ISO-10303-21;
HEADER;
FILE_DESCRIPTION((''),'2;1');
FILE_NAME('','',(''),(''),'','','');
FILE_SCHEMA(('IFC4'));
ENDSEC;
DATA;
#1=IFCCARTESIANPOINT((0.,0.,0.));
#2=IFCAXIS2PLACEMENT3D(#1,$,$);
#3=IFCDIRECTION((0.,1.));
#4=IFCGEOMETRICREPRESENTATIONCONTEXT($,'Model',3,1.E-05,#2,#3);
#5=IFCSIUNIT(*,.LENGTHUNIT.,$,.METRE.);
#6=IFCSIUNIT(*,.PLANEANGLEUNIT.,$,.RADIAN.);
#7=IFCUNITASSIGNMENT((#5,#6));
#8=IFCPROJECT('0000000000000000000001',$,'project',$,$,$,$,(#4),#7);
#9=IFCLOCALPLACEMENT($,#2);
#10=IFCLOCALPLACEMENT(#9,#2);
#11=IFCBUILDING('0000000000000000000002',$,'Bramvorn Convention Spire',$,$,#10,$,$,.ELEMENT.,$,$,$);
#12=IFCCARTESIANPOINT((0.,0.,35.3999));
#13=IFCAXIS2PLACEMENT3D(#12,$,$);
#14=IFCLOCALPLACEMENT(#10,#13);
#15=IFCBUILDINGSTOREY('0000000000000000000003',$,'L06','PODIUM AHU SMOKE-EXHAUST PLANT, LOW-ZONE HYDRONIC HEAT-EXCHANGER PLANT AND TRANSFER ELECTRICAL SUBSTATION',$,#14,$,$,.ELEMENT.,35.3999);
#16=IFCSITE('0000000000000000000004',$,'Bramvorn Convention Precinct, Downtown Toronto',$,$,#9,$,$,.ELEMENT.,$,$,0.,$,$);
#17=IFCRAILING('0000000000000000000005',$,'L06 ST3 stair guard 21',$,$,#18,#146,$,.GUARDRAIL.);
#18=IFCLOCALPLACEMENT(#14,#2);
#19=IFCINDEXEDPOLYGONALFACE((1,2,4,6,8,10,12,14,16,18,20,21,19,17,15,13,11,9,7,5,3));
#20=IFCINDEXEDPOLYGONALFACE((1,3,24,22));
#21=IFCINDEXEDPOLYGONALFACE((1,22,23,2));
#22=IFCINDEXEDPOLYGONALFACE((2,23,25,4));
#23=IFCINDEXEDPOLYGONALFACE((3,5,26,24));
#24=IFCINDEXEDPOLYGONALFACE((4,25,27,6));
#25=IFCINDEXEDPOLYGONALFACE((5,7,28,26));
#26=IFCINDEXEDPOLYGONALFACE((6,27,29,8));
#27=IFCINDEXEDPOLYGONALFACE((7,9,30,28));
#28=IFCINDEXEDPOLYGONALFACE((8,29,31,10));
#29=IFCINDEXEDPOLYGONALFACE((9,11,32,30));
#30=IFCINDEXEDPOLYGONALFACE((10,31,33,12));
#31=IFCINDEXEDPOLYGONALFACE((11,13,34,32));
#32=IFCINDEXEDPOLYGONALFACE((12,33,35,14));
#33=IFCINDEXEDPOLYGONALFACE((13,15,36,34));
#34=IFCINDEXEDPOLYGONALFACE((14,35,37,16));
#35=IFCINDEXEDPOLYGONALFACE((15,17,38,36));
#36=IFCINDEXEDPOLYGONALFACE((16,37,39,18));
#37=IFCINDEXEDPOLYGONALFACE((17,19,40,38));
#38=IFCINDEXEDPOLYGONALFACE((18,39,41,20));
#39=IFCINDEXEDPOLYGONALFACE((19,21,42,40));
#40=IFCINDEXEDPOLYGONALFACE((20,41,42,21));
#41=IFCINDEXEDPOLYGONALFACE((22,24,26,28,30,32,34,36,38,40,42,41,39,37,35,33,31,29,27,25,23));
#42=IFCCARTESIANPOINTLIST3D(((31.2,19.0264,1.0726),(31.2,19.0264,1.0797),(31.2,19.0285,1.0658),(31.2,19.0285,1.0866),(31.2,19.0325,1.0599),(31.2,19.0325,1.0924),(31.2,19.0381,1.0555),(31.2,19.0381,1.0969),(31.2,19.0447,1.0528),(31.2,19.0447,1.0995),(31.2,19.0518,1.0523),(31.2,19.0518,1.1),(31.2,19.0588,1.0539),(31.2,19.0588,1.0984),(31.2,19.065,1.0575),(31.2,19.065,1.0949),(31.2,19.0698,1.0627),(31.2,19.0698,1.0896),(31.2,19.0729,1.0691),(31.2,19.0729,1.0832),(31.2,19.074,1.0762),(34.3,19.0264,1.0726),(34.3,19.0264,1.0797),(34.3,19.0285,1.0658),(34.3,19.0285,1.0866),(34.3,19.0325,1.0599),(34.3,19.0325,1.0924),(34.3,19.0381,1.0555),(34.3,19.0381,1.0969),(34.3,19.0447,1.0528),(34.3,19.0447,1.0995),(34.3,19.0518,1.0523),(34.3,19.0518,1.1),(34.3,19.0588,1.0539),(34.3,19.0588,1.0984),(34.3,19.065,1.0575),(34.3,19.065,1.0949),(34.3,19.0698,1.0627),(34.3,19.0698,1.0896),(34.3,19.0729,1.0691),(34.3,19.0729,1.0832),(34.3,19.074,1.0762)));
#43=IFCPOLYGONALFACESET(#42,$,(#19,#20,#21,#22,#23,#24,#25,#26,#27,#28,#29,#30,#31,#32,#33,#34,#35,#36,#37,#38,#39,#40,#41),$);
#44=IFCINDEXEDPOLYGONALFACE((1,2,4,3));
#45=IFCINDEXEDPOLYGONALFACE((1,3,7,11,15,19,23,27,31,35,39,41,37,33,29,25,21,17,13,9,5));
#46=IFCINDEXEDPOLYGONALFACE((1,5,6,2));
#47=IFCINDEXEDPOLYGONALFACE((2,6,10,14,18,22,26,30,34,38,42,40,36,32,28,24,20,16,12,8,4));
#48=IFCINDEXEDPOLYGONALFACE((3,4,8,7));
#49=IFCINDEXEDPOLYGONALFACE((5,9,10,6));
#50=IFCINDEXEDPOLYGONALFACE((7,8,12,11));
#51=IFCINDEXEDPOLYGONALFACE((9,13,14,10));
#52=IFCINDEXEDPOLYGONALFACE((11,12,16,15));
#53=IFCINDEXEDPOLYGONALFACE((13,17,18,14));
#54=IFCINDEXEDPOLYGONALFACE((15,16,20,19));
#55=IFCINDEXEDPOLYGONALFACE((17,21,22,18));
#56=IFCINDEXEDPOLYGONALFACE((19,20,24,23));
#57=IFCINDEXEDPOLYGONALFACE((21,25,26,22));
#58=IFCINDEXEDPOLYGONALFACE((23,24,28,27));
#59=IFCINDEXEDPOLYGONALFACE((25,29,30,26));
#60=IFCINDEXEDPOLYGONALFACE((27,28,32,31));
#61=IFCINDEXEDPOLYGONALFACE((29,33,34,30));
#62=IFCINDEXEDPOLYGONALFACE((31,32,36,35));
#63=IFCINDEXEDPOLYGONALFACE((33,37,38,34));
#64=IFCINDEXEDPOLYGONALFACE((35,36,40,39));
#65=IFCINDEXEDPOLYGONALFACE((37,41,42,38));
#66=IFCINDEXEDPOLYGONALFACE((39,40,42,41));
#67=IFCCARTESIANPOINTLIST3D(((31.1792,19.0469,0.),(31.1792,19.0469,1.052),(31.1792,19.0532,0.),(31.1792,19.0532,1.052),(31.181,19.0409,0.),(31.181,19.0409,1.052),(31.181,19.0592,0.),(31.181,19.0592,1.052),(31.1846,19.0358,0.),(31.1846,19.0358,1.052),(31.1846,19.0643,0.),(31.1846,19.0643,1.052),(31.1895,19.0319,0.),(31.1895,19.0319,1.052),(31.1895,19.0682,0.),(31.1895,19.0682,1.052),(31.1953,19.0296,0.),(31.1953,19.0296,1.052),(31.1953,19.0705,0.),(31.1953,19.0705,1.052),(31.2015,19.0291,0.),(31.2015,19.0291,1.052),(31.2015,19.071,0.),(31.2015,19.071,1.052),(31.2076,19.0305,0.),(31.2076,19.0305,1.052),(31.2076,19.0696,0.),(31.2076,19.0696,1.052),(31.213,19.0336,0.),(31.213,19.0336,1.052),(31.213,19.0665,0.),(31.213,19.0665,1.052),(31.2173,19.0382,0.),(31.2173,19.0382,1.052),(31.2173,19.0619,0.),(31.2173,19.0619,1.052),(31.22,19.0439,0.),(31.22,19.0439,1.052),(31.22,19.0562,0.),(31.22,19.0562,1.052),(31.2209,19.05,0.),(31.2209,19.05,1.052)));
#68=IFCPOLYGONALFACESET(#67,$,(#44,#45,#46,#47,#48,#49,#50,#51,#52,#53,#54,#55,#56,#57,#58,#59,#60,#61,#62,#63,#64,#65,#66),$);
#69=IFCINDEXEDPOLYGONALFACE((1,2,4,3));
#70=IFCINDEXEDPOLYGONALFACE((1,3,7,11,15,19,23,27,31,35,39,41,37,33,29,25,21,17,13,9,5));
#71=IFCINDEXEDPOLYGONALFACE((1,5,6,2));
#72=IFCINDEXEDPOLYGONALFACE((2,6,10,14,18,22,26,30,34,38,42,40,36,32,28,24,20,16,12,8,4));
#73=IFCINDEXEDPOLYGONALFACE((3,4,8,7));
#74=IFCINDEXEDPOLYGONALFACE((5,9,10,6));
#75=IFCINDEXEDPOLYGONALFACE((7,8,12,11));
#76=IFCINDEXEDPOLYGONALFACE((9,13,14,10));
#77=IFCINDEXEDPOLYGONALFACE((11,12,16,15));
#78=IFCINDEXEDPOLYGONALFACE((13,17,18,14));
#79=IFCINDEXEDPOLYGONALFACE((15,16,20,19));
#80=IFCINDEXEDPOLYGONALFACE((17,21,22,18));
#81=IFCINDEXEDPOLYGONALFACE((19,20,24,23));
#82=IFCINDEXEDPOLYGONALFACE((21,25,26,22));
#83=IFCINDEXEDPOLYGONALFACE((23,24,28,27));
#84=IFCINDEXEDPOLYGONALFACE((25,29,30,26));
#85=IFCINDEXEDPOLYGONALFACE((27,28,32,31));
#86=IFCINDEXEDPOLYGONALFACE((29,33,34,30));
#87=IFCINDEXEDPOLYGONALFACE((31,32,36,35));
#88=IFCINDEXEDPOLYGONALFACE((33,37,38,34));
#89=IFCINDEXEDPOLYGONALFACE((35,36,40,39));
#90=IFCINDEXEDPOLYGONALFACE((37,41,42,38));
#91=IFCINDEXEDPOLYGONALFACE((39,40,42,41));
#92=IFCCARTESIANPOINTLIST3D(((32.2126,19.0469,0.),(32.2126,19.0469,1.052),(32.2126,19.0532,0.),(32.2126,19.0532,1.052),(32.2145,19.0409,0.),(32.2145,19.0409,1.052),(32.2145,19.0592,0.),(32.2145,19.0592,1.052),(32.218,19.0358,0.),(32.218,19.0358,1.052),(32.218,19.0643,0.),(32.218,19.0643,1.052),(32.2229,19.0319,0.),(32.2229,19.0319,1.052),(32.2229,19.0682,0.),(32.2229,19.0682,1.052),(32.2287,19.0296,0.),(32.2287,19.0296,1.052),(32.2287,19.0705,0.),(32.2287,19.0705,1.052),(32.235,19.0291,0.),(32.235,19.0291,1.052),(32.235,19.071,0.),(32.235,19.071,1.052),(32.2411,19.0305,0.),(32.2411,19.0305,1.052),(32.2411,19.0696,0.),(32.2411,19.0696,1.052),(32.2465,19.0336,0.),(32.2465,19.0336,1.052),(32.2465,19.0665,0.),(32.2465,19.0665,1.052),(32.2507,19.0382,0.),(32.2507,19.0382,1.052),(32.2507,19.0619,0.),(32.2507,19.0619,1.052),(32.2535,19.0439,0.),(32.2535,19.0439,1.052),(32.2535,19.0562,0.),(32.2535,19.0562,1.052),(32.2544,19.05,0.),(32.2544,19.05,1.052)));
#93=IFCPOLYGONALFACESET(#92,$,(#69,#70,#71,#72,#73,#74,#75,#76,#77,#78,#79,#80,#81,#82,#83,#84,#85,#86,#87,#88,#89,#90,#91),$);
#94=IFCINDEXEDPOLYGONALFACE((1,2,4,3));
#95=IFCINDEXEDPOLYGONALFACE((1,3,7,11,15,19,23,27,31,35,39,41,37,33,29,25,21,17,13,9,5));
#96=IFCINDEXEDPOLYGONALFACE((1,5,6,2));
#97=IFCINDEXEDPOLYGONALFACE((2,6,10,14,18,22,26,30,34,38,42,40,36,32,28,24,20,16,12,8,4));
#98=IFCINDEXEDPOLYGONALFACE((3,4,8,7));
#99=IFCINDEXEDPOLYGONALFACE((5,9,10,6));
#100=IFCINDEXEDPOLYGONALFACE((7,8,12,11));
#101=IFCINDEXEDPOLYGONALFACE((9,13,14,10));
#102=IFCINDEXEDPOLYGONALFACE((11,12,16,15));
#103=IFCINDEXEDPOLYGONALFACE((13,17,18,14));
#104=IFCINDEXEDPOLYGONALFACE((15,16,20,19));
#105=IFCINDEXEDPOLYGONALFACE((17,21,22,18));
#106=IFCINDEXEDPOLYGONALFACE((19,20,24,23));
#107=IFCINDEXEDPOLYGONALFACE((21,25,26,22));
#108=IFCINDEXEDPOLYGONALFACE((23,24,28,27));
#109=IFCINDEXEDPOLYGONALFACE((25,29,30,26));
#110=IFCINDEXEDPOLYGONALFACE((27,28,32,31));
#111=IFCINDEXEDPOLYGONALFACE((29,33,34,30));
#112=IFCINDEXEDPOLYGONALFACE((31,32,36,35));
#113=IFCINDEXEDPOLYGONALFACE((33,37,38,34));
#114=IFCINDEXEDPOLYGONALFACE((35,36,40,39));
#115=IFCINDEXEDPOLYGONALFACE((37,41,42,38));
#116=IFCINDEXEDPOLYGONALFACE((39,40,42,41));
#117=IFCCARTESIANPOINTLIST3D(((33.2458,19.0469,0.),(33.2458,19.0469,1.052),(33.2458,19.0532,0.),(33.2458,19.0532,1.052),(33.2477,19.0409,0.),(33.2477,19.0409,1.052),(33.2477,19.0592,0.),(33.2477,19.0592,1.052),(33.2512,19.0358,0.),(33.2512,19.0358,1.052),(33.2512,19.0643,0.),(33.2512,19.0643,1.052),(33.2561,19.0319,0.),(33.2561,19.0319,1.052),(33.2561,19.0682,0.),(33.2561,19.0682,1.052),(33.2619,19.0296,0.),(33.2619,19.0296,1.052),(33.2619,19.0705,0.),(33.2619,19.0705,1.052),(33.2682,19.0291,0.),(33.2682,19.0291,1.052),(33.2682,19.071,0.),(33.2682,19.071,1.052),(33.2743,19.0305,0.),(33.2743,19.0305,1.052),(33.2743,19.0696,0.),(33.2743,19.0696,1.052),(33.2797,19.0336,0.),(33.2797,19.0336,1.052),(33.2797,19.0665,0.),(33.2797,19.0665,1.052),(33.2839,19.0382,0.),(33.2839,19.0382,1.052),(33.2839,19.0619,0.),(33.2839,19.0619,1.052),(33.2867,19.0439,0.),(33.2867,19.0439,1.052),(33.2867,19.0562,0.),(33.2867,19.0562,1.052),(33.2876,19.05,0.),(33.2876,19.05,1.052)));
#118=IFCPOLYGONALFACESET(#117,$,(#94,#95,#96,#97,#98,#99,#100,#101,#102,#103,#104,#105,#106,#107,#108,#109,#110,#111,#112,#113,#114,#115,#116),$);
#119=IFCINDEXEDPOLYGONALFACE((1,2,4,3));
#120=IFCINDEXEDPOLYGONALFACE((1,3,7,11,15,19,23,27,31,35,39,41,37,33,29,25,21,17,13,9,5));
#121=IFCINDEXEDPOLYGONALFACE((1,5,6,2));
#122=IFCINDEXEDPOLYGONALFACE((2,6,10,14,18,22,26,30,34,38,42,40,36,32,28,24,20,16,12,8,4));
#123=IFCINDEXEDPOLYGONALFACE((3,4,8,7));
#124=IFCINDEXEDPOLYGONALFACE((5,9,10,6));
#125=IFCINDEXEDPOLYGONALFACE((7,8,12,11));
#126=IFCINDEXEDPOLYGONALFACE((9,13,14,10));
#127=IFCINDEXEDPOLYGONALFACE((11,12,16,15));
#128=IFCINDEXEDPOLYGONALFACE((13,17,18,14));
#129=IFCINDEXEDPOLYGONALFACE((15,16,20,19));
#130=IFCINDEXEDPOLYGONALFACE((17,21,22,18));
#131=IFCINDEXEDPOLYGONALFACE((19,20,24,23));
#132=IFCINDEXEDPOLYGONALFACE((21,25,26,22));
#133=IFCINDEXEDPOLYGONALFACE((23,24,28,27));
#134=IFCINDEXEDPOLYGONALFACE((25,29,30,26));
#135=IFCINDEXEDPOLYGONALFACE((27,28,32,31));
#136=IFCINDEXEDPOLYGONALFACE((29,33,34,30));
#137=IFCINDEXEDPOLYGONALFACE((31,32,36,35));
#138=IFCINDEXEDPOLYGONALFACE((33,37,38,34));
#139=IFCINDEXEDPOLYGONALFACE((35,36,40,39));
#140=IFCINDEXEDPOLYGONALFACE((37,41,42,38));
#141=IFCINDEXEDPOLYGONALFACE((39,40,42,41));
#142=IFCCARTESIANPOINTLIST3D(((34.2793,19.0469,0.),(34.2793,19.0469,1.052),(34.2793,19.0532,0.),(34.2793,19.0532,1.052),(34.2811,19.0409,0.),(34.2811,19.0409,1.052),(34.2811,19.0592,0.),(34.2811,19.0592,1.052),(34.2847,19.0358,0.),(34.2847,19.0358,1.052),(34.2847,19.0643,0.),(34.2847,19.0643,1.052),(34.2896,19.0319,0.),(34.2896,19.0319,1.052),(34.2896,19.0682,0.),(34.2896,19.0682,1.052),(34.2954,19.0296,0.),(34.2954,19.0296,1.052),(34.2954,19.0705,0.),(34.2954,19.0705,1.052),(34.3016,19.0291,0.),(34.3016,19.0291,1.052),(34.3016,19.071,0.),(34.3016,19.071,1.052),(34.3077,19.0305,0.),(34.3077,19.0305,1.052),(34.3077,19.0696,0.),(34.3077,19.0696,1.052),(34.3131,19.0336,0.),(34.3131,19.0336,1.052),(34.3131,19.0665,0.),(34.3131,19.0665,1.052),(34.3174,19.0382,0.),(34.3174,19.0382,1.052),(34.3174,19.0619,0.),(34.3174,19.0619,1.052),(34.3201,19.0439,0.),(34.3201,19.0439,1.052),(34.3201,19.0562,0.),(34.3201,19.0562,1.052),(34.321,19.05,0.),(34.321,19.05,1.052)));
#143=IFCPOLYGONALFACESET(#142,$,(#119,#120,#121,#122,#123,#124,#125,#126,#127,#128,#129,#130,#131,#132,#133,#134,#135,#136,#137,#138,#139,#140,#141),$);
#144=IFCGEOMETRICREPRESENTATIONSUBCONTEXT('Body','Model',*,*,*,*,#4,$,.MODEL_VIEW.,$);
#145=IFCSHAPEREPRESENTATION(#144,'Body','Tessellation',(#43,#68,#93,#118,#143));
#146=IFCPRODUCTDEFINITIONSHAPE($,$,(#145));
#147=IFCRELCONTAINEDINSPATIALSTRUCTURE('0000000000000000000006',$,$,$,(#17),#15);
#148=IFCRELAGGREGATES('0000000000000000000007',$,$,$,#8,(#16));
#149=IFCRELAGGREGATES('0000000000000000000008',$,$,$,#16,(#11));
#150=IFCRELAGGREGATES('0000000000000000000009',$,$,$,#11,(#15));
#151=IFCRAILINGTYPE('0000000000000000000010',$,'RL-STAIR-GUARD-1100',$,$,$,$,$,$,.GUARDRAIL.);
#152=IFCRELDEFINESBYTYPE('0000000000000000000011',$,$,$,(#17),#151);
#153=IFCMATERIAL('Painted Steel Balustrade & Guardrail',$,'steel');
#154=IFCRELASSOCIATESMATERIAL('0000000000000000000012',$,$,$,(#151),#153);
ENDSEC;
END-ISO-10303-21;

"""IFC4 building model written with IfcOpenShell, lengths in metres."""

from ifc_helpers import new_model, si_unit, direction, frame, origin, origin_2d, place, context, subcontext, project, spatial, circle, extrude, material, type_object, element, save


model = new_model("IFC4")

# Units and contexts
model_context = context("Model", 3, precision=1e-05, world=origin(), true_north=direction((0.0, 1.0)))
body_context = subcontext(model_context, "Body", "Model", "MODEL_VIEW")
ifc_project = project(units=[si_unit("LENGTHUNIT", "METRE"), si_unit("PLANEANGLEUNIT", "RADIAN")], contexts=[model_context])

# Site, building, storey
site_placement = place(None, origin())
site = spatial("IfcSite", under=ifc_project, at=site_placement, Name="Bramvorn Convention Precinct, Downtown Toronto", CompositionType="ELEMENT", RefElevation=0.0)
building_placement = place(site_placement, origin())
building = spatial("IfcBuilding", under=site, at=building_placement, Name="Bramvorn Convention Spire", CompositionType="ELEMENT")
storey_placement = place(building_placement, frame((0.0, 0.0, 35.3999)))
storey = spatial("IfcBuildingStorey", under=building, at=storey_placement, Name="L06", Description="PODIUM AHU SMOKE-EXHAUST PLANT, LOW-ZONE HYDRONIC HEAT-EXCHANGER PLANT AND TRANSFER ELECTRICAL SUBSTATION", CompositionType="ELEMENT", Elevation=35.3999)

# Railing
ifc_material_1 = material(Name="Painted Steel Balustrade & Guardrail", Category="steel")
railing_type = type_object("IfcRailingType", Name="RL-STAIR-GUARD-1100", PredefinedType="GUARDRAIL", material=ifc_material_1)
railing_1_placement = place(storey_placement, frame((31.2, 19.05, 0.0)))
element("IfcRailing", 1, at=railing_1_placement, inside=storey, type_object=railing_type, Name="L06 ST3 stair guard 21", PredefinedType="GUARDRAIL", context=body_context, shape_type="SweptSolid", body=[
    extrude(circle(Radius=0.0239, at=origin_2d()), frame((0.0, 0.0, 1.0762), z_axis=(1.0, 0.0, 0.0), x_axis=(0.0, 1.0, 0.0)), (0.0, 0.0, 1.0), 3.1001),
    extrude(circle(Radius=0.021, at=origin_2d()), origin(), (0.0, 0.0, 1.0), 1.052),
    extrude(circle(Radius=0.021, at=origin_2d()), frame((1.0334, 0.0, 0.0)), (0.0, 0.0, 1.0), 1.052),
    extrude(circle(Radius=0.021, at=origin_2d()), frame((2.0667, 0.0, 0.0)), (0.0, 0.0, 1.0), 1.052),
    extrude(circle(Radius=0.021, at=origin_2d()), frame((3.1001, 0.0, 0.0)), (0.0, 0.0, 1.0), 1.052),
])

save(model, "model.ifc")
